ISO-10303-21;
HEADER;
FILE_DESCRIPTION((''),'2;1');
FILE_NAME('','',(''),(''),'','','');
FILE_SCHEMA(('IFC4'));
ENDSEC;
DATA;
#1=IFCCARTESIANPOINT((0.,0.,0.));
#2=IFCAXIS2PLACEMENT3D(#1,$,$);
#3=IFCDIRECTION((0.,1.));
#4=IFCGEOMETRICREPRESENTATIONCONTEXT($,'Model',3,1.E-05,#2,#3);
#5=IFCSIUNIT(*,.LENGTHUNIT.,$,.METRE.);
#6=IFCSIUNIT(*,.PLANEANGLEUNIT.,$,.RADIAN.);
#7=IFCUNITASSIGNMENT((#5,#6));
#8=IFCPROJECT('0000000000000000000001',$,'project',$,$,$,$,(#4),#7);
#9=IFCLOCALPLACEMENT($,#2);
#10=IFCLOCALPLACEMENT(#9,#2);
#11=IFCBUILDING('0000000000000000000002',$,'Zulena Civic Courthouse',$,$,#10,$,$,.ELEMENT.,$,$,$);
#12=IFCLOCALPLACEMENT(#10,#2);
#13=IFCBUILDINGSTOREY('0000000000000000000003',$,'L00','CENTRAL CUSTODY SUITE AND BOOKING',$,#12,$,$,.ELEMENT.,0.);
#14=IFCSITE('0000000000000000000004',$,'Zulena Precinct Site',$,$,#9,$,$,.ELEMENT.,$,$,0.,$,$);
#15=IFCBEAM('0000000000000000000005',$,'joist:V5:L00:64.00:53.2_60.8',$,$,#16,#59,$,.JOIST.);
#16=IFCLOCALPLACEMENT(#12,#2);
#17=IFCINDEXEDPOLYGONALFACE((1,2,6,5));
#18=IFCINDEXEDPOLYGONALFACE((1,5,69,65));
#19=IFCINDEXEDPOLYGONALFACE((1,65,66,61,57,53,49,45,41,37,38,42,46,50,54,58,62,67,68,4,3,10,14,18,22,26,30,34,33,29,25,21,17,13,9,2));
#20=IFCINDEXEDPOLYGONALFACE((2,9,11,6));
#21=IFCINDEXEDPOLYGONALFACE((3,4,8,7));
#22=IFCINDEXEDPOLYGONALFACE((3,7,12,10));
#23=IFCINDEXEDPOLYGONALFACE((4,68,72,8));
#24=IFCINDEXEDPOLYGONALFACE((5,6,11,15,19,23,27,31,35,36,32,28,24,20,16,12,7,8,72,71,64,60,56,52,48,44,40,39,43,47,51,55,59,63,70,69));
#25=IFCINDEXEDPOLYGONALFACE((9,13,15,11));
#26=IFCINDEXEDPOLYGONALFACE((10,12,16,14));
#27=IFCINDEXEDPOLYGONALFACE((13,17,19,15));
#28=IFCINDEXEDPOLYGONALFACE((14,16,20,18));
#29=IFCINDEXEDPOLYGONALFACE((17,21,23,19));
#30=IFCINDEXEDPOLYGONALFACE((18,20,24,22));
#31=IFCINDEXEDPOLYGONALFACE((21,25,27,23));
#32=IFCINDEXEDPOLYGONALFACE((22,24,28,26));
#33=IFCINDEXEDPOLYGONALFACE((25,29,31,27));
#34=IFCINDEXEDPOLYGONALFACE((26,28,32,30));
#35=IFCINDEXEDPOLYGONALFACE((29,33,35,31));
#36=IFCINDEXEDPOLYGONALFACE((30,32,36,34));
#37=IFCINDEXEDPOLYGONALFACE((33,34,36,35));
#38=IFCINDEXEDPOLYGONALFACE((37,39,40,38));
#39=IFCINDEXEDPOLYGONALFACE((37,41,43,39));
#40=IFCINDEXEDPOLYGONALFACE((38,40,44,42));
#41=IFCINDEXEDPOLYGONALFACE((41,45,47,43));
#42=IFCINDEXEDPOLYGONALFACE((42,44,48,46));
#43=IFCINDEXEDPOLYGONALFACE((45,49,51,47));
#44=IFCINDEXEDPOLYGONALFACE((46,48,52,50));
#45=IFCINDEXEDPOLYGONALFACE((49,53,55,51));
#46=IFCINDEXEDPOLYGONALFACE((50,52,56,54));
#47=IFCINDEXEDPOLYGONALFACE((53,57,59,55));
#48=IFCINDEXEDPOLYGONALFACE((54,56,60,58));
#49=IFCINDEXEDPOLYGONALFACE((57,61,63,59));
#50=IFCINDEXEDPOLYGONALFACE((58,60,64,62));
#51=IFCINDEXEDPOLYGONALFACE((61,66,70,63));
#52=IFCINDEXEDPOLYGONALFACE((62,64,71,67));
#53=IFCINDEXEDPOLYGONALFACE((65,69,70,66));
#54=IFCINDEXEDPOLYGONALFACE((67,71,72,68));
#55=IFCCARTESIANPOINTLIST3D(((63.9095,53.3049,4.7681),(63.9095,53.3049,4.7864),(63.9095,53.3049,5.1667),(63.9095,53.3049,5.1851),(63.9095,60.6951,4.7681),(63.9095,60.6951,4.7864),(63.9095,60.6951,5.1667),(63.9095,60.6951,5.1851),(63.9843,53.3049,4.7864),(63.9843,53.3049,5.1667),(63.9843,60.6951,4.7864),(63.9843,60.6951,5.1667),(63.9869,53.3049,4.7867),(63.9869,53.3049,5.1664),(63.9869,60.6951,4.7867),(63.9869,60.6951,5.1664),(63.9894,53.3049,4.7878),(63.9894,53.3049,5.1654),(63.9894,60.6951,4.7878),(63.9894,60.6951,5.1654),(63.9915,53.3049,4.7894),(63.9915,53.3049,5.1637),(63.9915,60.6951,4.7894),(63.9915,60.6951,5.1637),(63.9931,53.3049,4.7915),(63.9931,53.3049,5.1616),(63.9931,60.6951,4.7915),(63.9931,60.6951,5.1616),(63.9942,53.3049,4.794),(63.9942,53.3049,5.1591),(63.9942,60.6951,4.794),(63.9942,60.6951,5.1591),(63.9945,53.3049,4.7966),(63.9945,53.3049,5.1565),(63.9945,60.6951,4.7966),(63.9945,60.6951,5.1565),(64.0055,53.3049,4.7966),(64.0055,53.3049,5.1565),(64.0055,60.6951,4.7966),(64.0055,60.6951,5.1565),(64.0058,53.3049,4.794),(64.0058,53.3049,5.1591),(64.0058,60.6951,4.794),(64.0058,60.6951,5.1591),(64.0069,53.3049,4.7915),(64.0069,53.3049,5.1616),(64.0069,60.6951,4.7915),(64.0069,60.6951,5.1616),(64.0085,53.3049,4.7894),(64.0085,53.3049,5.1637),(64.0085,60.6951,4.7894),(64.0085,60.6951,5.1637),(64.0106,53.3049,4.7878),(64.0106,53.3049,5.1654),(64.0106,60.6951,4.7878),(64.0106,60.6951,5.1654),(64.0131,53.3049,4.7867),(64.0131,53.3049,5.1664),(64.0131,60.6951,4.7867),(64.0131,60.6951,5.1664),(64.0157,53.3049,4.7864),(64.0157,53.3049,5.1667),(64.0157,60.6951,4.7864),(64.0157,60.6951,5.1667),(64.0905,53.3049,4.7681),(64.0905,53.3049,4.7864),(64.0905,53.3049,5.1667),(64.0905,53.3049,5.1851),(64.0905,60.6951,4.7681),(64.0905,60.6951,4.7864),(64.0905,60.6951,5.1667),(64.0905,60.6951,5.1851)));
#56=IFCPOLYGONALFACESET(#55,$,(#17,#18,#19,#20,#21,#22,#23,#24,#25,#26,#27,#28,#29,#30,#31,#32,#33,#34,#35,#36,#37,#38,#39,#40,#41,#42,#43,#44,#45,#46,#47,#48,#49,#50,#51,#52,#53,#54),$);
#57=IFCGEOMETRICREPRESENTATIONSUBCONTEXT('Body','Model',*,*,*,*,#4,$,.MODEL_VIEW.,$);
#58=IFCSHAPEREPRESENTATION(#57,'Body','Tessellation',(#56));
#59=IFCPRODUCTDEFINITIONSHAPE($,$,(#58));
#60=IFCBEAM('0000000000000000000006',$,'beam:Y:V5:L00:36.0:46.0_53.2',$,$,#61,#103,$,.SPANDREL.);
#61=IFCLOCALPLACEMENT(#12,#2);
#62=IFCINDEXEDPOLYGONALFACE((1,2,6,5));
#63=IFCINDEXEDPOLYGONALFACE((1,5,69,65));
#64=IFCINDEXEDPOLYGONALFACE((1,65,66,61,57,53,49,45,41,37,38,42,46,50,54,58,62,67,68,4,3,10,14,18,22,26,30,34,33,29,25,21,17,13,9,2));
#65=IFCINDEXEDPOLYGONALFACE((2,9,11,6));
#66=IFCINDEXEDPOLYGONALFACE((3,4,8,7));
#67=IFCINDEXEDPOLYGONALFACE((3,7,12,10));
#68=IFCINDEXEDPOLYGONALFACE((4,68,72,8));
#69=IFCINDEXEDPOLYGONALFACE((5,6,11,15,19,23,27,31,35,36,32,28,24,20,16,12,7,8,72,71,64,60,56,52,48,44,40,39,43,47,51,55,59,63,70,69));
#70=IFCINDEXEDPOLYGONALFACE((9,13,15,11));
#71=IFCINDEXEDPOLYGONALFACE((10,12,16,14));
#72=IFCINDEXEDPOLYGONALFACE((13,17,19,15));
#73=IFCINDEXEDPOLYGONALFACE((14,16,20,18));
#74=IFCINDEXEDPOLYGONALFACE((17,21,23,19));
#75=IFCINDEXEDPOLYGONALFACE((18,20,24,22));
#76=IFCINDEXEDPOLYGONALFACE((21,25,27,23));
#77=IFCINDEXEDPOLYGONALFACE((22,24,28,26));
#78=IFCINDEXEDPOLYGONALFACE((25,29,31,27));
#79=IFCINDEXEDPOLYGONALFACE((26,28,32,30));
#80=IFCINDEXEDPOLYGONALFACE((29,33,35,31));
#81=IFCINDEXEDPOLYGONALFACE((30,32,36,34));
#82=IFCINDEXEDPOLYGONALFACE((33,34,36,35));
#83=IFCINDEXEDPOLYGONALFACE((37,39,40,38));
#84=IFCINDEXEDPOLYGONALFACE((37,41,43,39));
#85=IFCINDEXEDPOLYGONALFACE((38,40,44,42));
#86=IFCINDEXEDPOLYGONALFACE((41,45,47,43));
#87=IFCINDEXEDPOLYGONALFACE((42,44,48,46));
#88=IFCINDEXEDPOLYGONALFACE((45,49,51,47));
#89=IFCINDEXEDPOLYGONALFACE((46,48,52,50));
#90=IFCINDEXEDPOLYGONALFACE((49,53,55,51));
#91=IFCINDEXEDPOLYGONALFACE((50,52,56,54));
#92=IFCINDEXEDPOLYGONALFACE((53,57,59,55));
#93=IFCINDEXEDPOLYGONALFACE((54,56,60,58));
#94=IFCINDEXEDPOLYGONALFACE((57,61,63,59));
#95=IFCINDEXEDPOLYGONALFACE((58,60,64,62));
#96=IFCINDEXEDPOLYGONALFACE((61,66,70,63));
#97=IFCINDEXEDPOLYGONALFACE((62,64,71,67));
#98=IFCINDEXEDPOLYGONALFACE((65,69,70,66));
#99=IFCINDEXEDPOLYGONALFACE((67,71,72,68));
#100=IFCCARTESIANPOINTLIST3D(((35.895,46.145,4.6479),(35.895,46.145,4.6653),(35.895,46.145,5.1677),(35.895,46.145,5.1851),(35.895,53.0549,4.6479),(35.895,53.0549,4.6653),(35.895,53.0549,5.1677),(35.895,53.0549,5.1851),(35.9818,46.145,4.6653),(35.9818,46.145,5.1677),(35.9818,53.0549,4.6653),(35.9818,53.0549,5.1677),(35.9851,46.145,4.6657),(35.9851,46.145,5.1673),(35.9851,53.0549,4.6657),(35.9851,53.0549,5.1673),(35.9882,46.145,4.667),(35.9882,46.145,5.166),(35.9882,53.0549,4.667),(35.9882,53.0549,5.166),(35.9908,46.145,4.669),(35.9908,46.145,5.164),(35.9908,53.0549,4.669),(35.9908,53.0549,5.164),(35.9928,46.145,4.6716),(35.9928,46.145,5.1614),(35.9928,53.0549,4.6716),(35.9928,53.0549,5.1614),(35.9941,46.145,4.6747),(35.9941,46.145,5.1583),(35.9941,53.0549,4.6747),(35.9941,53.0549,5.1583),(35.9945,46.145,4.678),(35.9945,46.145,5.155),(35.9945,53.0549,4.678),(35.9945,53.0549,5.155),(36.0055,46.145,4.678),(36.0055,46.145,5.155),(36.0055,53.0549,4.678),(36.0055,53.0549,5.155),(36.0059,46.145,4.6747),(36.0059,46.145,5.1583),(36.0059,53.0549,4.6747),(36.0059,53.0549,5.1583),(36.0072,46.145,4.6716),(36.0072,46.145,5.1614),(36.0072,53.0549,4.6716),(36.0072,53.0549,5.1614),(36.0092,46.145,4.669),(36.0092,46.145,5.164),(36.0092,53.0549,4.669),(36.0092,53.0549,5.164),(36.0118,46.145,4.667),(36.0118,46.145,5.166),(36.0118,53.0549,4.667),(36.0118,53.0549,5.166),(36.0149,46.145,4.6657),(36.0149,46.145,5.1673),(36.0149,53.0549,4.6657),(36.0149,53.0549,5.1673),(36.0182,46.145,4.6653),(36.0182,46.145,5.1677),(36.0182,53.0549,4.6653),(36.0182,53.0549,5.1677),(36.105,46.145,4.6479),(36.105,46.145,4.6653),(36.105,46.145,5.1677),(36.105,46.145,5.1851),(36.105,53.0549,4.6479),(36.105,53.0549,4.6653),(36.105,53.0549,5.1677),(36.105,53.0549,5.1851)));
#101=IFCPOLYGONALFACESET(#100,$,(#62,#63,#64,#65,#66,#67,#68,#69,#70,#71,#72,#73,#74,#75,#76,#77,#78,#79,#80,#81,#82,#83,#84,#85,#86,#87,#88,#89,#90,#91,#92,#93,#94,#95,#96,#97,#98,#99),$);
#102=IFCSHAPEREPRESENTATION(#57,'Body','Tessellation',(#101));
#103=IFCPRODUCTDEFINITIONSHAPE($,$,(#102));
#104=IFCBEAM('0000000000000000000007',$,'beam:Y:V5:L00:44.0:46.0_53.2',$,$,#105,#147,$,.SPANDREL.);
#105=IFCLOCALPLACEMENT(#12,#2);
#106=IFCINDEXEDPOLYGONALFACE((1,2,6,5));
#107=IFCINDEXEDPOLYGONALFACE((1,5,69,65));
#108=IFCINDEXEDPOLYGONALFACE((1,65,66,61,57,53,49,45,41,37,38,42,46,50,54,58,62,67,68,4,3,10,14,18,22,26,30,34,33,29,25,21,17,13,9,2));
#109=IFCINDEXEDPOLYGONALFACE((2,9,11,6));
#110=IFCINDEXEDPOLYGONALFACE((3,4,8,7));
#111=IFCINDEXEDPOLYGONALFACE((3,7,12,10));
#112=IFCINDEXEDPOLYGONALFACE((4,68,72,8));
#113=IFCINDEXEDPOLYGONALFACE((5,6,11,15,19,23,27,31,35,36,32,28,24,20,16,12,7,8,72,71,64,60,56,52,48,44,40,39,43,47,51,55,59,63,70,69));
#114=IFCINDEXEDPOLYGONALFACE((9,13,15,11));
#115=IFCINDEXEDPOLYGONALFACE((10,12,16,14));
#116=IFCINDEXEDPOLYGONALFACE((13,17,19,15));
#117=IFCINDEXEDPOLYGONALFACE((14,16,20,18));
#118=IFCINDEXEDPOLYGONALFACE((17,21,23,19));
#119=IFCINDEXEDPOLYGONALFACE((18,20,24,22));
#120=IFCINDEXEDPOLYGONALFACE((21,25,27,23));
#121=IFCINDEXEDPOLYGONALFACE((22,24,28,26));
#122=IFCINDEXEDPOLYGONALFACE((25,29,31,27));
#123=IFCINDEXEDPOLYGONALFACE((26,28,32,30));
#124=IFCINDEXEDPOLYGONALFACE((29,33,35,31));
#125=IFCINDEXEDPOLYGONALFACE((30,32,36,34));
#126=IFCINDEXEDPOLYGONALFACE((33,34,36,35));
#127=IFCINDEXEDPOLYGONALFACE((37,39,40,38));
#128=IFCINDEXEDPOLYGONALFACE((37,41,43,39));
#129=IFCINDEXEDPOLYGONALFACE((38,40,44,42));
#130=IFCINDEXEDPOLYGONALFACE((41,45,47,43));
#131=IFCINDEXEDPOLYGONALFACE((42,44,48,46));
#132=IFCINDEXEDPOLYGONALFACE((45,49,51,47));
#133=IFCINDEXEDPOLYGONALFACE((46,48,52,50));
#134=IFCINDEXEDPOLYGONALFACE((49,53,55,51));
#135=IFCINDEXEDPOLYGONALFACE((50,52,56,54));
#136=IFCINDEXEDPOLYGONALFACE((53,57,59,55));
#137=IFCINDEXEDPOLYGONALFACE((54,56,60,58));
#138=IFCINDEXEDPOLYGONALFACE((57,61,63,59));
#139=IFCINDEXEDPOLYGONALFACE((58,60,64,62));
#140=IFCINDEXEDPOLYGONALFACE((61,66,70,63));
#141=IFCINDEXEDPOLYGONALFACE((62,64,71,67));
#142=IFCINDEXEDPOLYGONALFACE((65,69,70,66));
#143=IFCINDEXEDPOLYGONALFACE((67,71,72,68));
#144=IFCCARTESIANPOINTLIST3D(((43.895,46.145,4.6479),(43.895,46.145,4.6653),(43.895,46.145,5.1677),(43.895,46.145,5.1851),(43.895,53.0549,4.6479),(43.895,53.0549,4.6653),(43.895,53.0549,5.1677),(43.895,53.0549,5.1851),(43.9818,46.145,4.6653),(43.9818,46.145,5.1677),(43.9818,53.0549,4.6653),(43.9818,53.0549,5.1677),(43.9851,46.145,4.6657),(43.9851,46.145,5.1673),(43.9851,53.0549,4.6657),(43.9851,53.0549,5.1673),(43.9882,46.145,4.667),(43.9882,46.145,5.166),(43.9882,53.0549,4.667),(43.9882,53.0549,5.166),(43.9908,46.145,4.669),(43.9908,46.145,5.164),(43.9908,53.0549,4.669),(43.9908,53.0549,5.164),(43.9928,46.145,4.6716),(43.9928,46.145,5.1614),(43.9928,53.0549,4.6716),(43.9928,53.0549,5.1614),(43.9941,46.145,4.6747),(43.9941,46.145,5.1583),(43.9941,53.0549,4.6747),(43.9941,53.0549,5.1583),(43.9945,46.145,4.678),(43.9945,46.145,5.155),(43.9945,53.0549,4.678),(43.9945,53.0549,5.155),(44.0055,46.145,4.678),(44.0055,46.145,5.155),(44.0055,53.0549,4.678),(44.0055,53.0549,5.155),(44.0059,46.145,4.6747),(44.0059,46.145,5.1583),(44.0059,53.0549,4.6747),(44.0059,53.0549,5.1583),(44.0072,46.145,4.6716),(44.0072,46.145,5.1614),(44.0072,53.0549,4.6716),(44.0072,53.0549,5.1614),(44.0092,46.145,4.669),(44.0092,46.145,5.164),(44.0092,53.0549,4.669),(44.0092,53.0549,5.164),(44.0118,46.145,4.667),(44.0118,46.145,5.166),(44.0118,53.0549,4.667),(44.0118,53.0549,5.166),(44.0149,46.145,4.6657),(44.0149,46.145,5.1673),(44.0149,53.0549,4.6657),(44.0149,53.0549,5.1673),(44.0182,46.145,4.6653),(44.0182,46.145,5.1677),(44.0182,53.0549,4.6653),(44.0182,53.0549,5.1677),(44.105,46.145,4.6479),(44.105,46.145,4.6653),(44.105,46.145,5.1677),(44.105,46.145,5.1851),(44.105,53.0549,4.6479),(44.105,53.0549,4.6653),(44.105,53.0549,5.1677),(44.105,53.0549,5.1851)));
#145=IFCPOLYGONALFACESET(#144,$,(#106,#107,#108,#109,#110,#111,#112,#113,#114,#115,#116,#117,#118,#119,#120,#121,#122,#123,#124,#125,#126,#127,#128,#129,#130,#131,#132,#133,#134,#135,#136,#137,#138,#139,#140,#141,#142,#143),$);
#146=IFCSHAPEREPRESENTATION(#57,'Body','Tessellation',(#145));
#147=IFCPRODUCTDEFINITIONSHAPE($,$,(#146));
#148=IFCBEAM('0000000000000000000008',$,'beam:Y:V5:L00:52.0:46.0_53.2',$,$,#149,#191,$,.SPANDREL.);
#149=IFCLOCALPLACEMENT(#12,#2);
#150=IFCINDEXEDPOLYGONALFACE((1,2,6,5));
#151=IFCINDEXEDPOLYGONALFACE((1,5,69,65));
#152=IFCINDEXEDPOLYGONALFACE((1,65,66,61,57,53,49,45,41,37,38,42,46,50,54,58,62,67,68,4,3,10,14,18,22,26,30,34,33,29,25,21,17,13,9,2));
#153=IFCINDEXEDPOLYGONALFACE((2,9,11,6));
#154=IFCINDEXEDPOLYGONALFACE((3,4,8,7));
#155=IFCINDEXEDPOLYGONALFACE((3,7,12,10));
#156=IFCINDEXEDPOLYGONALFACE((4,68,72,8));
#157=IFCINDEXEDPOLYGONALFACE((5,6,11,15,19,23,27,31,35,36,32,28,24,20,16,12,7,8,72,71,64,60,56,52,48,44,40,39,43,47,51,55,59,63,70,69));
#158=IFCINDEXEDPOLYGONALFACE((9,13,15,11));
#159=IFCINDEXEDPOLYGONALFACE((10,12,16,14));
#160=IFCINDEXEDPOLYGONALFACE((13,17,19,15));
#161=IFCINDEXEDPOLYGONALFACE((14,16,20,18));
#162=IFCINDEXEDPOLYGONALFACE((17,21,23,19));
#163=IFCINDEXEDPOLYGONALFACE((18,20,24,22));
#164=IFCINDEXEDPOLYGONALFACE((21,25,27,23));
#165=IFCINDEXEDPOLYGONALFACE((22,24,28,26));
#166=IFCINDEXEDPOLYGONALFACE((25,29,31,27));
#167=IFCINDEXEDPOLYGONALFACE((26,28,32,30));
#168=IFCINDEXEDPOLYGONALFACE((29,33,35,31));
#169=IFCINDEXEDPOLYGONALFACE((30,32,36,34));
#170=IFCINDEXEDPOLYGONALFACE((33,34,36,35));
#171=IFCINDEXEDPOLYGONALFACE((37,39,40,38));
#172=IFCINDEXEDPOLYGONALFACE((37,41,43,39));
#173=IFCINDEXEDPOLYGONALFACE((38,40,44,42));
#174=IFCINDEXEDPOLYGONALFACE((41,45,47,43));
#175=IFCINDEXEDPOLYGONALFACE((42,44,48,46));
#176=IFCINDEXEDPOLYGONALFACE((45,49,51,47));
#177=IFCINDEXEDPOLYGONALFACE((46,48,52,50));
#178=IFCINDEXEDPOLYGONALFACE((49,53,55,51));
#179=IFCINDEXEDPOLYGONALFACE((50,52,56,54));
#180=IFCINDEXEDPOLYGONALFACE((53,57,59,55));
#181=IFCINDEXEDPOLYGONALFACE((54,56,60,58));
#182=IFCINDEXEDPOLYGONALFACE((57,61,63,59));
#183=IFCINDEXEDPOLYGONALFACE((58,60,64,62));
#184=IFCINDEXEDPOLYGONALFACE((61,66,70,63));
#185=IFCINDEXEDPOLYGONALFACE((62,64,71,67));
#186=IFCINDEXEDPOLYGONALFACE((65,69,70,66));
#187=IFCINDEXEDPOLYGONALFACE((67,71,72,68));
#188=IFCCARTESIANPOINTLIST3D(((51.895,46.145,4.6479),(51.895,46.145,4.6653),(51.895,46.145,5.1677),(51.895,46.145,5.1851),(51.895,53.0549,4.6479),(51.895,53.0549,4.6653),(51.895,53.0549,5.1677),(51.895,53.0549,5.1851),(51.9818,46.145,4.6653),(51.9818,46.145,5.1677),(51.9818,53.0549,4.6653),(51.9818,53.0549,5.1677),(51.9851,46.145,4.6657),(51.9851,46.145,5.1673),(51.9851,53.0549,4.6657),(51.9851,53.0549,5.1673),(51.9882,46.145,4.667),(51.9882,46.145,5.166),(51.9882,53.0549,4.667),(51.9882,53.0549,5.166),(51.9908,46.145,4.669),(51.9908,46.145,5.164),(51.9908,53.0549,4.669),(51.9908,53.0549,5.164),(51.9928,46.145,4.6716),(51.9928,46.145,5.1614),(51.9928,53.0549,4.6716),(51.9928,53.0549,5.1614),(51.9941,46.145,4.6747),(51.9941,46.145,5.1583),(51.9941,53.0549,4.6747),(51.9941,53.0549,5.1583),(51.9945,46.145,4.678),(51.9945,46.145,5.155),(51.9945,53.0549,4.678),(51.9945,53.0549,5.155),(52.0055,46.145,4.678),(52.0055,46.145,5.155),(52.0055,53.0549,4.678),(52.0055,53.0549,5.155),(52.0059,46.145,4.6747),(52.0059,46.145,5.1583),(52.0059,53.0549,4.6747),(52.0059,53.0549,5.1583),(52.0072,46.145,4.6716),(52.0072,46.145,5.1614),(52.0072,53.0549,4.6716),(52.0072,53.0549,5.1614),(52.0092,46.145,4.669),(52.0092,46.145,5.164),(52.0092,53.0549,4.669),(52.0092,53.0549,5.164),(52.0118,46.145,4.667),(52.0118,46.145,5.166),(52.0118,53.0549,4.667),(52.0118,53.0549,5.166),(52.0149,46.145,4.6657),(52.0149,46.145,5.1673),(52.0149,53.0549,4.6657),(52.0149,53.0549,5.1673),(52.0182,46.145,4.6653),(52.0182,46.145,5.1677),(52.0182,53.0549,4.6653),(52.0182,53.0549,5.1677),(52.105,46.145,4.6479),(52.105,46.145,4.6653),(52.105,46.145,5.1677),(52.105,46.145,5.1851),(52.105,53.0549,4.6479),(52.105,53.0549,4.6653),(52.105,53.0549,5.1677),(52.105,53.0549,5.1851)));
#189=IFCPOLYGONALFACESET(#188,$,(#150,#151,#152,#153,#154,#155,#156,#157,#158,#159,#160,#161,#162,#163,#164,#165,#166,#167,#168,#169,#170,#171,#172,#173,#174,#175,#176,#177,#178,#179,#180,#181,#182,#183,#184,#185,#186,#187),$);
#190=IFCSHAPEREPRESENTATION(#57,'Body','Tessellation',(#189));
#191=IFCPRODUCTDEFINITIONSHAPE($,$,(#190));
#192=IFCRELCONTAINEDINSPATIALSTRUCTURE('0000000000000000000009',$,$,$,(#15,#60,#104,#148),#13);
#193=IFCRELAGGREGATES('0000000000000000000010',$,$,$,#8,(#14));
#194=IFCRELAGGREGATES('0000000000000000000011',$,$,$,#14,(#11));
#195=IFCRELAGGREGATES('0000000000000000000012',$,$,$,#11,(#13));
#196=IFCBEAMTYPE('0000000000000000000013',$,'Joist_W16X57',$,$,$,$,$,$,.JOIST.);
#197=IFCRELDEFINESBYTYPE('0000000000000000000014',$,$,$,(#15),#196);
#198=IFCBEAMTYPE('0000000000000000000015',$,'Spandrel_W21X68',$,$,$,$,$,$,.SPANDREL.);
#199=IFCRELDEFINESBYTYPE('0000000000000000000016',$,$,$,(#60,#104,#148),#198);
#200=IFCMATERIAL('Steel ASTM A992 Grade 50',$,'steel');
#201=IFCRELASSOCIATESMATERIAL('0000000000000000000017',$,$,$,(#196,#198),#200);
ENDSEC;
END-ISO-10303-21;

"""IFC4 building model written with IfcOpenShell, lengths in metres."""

from ifc_helpers import new_model, si_unit, direction, frame, origin, origin_2d, place, context, subcontext, project, spatial, i_section, extrude, material, material_profile, profile_set, type_object, element, save


model = new_model("IFC4")

# Units and contexts
model_context = context("Model", 3, precision=1e-05, world=origin(), true_north=direction((0.0, 1.0)))
body_context = subcontext(model_context, "Body", "Model", "MODEL_VIEW")
ifc_project = project(units=[si_unit("LENGTHUNIT", "METRE"), si_unit("PLANEANGLEUNIT", "RADIAN")], contexts=[model_context])

# Site, building, storey
site_placement = place(None, origin())
site = spatial("IfcSite", under=ifc_project, at=site_placement, Name="Zulena Precinct Site", CompositionType="ELEMENT", RefElevation=0.0)
building_placement = place(site_placement, origin())
building = spatial("IfcBuilding", under=site, at=building_placement, Name="Zulena Civic Courthouse", CompositionType="ELEMENT")
storey_placement = place(building_placement, origin())
storey = spatial("IfcBuildingStorey", under=building, at=storey_placement, Name="L00", Description="CENTRAL CUSTODY SUITE AND BOOKING", CompositionType="ELEMENT", Elevation=0.0)

# Shared definitions
ifc_material_1 = material(Name="Steel ASTM A992 Grade 50", Category="steel")

# Beams
ifc_material_profile_1 = material_profile(ifc_material_1, i_section(OverallWidth=0.1809, OverallDepth=0.417, WebThickness=0.011, FlangeThickness=0.0183, FilletRadius=0.0103, at=origin_2d()), Name="W16X57")
ifc_profile_set_1 = profile_set([ifc_material_profile_1], Name="Steel ASTM A992 Grade 50")
beam_type_1 = type_object("IfcBeamType", Name="Joist_W16X57", PredefinedType="JOIST", material=ifc_profile_set_1)
beam_1_placement = place(storey_placement, frame((64.0, 53.3049, 4.9766), z_axis=(0.0, 1.0, 0.0), x_axis=(-1.0, 0.0, 0.0)))
element("IfcBeam", 1, at=beam_1_placement, inside=storey, type_object=beam_type_1, Name="joist:V5:L00:64.00:53.2_60.8", PredefinedType="JOIST", context=body_context, shape_type="SweptSolid", body=[
    extrude(i_section(OverallWidth=0.1809, OverallDepth=0.417, WebThickness=0.011, FlangeThickness=0.0183, FilletRadius=0.0103, at=origin_2d()), origin(), (0.0, 0.0, 1.0), 7.3901),
])
ifc_material_profile_2 = material_profile(ifc_material_1, i_section(OverallWidth=0.21, OverallDepth=0.5371, WebThickness=0.011, FlangeThickness=0.0173, FilletRadius=0.0127, at=origin_2d()), Name="W21X68")
ifc_profile_set_2 = profile_set([ifc_material_profile_2], Name="Steel ASTM A992 Grade 50")
beam_type_2 = type_object("IfcBeamType", Name="Spandrel_W21X68", PredefinedType="SPANDREL", material=ifc_profile_set_2)
for number, where, z_axis, x_axis, name in (
    (2, (36.0, 46.145, 4.9165), (0.0, 1.0, 0.0), (-1.0, 0.0, 0.0), "beam:Y:V5:L00:36.0:46.0_53.2"),
    (3, (44.0, 46.145, 4.9165), (0.0, 1.0, 0.0), (-1.0, 0.0, 0.0), "beam:Y:V5:L00:44.0:46.0_53.2"),
    (4, (52.0, 46.145, 4.9165), (0.0, 1.0, 0.0), (-1.0, 0.0, 0.0), "beam:Y:V5:L00:52.0:46.0_53.2"),
):
    element("IfcBeam", number, at=place(storey_placement, frame(where, z_axis=z_axis, x_axis=x_axis)), inside=storey, type_object=beam_type_2, Name=name, PredefinedType="SPANDREL", context=body_context, shape_type="SweptSolid", body=[
        extrude(i_section(OverallWidth=0.21, OverallDepth=0.5371, WebThickness=0.011, FlangeThickness=0.0173, FilletRadius=0.0127, at=origin_2d()), origin(), (0.0, 0.0, 1.0), 6.9099),
    ])

save(model, "model.ifc")
